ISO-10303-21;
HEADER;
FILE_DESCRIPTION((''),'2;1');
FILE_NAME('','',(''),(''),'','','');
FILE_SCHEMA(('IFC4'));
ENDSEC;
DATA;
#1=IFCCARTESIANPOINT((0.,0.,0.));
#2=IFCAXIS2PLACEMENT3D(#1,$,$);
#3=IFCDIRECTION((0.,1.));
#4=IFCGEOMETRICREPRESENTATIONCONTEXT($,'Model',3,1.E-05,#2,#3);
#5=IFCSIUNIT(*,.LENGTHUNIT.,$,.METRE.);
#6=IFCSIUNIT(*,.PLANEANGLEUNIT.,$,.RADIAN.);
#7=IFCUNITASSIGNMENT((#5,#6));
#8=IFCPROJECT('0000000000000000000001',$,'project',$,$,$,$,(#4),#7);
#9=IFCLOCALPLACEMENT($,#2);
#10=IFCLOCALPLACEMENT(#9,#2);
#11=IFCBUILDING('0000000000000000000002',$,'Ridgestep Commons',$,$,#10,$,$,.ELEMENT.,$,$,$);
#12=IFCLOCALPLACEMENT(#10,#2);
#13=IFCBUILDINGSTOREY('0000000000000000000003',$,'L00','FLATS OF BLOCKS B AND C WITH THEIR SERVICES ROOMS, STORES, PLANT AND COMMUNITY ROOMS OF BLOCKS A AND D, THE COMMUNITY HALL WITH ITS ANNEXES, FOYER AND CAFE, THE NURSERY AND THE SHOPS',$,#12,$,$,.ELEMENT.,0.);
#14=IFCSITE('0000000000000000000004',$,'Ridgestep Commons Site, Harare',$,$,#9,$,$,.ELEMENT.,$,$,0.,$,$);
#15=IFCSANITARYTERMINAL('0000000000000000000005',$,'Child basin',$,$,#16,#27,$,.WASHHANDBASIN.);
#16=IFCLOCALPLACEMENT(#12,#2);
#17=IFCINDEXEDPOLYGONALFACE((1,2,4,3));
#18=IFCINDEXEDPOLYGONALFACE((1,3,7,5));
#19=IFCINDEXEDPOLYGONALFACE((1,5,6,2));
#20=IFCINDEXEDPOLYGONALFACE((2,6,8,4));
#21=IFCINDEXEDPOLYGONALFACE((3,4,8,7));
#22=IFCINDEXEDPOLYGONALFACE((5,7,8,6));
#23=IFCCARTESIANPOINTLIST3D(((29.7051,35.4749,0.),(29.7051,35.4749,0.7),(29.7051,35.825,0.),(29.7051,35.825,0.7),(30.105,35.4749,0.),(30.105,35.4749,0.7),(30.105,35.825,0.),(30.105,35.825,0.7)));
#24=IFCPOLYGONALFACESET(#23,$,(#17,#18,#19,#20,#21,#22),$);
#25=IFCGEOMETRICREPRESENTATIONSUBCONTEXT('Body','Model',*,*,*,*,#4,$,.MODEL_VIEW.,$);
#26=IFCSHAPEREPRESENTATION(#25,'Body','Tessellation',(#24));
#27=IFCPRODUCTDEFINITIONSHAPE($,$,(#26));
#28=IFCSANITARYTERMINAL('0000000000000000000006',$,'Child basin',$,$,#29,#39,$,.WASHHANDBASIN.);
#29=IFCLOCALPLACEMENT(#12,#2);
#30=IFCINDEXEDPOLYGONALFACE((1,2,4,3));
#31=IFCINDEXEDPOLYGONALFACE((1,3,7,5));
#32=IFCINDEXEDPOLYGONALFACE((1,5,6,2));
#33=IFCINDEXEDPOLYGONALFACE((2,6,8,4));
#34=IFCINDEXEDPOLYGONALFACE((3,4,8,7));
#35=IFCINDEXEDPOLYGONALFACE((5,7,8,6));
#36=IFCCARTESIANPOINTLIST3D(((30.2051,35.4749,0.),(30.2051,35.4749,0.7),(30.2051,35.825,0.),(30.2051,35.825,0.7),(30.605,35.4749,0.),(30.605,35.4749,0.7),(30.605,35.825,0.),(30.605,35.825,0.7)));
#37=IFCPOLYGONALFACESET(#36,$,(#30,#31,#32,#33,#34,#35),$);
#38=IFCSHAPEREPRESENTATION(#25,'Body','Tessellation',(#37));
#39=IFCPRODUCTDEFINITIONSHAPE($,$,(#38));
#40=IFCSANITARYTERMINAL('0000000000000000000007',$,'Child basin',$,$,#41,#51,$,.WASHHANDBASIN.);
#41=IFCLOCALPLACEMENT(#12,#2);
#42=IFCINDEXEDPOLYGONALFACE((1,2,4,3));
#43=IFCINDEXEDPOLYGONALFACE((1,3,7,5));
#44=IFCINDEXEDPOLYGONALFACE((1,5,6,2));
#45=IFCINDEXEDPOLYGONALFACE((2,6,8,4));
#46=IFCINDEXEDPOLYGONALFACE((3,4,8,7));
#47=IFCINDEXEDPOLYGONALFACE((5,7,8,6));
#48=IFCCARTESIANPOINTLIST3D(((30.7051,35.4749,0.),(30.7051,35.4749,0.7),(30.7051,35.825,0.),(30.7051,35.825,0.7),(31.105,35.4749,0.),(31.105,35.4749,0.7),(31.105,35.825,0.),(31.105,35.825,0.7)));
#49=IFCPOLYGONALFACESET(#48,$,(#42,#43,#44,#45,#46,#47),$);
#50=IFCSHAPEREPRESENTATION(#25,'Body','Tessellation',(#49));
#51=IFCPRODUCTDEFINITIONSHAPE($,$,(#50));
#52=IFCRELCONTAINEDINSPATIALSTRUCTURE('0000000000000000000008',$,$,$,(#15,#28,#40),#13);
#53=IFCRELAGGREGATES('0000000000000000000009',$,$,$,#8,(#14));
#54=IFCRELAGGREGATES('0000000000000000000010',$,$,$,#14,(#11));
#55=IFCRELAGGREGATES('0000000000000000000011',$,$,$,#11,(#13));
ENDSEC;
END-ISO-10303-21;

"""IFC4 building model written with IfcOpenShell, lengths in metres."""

from ifc_helpers import new_model, si_unit, direction, frame, origin, origin_2d, place, context, subcontext, project, spatial, rectangle, extrude, element, save


model = new_model("IFC4")

# Units and contexts
model_context = context("Model", 3, precision=1e-05, world=origin(), true_north=direction((0.0, 1.0)))
body_context = subcontext(model_context, "Body", "Model", "MODEL_VIEW")
ifc_project = project(units=[si_unit("LENGTHUNIT", "METRE"), si_unit("PLANEANGLEUNIT", "RADIAN")], contexts=[model_context])

# Site, building, storey
site_placement = place(None, origin())
site = spatial("IfcSite", under=ifc_project, at=site_placement, Name="Ridgestep Commons Site, Harare", CompositionType="ELEMENT", RefElevation=0.0)
building_placement = place(site_placement, origin())
building = spatial("IfcBuilding", under=site, at=building_placement, Name="Ridgestep Commons", CompositionType="ELEMENT")
storey_placement = place(building_placement, origin())
storey = spatial("IfcBuildingStorey", under=building, at=storey_placement, Name="L00", Description="FLATS OF BLOCKS B AND C WITH THEIR SERVICES ROOMS, STORES, PLANT AND COMMUNITY ROOMS OF BLOCKS A AND D, THE COMMUNITY HALL WITH ITS ANNEXES, FOYER AND CAFE, THE NURSERY AND THE SHOPS", CompositionType="ELEMENT", Elevation=0.0)

# Sanitary terminals
for number, where, z_axis, x_axis, name in (
    (1, (29.905, 35.6499, 0.0), (0.0, 0.0, 1.0), (1.0, 0.0, 0.0), "Child basin"),
    (2, (30.405, 35.6499, 0.0), (0.0, 0.0, 1.0), (1.0, 0.0, 0.0), "Child basin"),
    (3, (30.905, 35.6499, 0.0), (0.0, 0.0, 1.0), (1.0, 0.0, 0.0), "Child basin"),
):
    element("IfcSanitaryTerminal", number, at=place(storey_placement, frame(where, z_axis=z_axis, x_axis=x_axis)), inside=storey, Name=name, PredefinedType="WASHHANDBASIN", context=body_context, shape_type="SweptSolid", body=[
        extrude(rectangle(XDim=0.3999, YDim=0.3501, at=origin_2d()), origin(), (0.0, 0.0, 1.0), 0.7),
    ])

save(model, "model.ifc")
